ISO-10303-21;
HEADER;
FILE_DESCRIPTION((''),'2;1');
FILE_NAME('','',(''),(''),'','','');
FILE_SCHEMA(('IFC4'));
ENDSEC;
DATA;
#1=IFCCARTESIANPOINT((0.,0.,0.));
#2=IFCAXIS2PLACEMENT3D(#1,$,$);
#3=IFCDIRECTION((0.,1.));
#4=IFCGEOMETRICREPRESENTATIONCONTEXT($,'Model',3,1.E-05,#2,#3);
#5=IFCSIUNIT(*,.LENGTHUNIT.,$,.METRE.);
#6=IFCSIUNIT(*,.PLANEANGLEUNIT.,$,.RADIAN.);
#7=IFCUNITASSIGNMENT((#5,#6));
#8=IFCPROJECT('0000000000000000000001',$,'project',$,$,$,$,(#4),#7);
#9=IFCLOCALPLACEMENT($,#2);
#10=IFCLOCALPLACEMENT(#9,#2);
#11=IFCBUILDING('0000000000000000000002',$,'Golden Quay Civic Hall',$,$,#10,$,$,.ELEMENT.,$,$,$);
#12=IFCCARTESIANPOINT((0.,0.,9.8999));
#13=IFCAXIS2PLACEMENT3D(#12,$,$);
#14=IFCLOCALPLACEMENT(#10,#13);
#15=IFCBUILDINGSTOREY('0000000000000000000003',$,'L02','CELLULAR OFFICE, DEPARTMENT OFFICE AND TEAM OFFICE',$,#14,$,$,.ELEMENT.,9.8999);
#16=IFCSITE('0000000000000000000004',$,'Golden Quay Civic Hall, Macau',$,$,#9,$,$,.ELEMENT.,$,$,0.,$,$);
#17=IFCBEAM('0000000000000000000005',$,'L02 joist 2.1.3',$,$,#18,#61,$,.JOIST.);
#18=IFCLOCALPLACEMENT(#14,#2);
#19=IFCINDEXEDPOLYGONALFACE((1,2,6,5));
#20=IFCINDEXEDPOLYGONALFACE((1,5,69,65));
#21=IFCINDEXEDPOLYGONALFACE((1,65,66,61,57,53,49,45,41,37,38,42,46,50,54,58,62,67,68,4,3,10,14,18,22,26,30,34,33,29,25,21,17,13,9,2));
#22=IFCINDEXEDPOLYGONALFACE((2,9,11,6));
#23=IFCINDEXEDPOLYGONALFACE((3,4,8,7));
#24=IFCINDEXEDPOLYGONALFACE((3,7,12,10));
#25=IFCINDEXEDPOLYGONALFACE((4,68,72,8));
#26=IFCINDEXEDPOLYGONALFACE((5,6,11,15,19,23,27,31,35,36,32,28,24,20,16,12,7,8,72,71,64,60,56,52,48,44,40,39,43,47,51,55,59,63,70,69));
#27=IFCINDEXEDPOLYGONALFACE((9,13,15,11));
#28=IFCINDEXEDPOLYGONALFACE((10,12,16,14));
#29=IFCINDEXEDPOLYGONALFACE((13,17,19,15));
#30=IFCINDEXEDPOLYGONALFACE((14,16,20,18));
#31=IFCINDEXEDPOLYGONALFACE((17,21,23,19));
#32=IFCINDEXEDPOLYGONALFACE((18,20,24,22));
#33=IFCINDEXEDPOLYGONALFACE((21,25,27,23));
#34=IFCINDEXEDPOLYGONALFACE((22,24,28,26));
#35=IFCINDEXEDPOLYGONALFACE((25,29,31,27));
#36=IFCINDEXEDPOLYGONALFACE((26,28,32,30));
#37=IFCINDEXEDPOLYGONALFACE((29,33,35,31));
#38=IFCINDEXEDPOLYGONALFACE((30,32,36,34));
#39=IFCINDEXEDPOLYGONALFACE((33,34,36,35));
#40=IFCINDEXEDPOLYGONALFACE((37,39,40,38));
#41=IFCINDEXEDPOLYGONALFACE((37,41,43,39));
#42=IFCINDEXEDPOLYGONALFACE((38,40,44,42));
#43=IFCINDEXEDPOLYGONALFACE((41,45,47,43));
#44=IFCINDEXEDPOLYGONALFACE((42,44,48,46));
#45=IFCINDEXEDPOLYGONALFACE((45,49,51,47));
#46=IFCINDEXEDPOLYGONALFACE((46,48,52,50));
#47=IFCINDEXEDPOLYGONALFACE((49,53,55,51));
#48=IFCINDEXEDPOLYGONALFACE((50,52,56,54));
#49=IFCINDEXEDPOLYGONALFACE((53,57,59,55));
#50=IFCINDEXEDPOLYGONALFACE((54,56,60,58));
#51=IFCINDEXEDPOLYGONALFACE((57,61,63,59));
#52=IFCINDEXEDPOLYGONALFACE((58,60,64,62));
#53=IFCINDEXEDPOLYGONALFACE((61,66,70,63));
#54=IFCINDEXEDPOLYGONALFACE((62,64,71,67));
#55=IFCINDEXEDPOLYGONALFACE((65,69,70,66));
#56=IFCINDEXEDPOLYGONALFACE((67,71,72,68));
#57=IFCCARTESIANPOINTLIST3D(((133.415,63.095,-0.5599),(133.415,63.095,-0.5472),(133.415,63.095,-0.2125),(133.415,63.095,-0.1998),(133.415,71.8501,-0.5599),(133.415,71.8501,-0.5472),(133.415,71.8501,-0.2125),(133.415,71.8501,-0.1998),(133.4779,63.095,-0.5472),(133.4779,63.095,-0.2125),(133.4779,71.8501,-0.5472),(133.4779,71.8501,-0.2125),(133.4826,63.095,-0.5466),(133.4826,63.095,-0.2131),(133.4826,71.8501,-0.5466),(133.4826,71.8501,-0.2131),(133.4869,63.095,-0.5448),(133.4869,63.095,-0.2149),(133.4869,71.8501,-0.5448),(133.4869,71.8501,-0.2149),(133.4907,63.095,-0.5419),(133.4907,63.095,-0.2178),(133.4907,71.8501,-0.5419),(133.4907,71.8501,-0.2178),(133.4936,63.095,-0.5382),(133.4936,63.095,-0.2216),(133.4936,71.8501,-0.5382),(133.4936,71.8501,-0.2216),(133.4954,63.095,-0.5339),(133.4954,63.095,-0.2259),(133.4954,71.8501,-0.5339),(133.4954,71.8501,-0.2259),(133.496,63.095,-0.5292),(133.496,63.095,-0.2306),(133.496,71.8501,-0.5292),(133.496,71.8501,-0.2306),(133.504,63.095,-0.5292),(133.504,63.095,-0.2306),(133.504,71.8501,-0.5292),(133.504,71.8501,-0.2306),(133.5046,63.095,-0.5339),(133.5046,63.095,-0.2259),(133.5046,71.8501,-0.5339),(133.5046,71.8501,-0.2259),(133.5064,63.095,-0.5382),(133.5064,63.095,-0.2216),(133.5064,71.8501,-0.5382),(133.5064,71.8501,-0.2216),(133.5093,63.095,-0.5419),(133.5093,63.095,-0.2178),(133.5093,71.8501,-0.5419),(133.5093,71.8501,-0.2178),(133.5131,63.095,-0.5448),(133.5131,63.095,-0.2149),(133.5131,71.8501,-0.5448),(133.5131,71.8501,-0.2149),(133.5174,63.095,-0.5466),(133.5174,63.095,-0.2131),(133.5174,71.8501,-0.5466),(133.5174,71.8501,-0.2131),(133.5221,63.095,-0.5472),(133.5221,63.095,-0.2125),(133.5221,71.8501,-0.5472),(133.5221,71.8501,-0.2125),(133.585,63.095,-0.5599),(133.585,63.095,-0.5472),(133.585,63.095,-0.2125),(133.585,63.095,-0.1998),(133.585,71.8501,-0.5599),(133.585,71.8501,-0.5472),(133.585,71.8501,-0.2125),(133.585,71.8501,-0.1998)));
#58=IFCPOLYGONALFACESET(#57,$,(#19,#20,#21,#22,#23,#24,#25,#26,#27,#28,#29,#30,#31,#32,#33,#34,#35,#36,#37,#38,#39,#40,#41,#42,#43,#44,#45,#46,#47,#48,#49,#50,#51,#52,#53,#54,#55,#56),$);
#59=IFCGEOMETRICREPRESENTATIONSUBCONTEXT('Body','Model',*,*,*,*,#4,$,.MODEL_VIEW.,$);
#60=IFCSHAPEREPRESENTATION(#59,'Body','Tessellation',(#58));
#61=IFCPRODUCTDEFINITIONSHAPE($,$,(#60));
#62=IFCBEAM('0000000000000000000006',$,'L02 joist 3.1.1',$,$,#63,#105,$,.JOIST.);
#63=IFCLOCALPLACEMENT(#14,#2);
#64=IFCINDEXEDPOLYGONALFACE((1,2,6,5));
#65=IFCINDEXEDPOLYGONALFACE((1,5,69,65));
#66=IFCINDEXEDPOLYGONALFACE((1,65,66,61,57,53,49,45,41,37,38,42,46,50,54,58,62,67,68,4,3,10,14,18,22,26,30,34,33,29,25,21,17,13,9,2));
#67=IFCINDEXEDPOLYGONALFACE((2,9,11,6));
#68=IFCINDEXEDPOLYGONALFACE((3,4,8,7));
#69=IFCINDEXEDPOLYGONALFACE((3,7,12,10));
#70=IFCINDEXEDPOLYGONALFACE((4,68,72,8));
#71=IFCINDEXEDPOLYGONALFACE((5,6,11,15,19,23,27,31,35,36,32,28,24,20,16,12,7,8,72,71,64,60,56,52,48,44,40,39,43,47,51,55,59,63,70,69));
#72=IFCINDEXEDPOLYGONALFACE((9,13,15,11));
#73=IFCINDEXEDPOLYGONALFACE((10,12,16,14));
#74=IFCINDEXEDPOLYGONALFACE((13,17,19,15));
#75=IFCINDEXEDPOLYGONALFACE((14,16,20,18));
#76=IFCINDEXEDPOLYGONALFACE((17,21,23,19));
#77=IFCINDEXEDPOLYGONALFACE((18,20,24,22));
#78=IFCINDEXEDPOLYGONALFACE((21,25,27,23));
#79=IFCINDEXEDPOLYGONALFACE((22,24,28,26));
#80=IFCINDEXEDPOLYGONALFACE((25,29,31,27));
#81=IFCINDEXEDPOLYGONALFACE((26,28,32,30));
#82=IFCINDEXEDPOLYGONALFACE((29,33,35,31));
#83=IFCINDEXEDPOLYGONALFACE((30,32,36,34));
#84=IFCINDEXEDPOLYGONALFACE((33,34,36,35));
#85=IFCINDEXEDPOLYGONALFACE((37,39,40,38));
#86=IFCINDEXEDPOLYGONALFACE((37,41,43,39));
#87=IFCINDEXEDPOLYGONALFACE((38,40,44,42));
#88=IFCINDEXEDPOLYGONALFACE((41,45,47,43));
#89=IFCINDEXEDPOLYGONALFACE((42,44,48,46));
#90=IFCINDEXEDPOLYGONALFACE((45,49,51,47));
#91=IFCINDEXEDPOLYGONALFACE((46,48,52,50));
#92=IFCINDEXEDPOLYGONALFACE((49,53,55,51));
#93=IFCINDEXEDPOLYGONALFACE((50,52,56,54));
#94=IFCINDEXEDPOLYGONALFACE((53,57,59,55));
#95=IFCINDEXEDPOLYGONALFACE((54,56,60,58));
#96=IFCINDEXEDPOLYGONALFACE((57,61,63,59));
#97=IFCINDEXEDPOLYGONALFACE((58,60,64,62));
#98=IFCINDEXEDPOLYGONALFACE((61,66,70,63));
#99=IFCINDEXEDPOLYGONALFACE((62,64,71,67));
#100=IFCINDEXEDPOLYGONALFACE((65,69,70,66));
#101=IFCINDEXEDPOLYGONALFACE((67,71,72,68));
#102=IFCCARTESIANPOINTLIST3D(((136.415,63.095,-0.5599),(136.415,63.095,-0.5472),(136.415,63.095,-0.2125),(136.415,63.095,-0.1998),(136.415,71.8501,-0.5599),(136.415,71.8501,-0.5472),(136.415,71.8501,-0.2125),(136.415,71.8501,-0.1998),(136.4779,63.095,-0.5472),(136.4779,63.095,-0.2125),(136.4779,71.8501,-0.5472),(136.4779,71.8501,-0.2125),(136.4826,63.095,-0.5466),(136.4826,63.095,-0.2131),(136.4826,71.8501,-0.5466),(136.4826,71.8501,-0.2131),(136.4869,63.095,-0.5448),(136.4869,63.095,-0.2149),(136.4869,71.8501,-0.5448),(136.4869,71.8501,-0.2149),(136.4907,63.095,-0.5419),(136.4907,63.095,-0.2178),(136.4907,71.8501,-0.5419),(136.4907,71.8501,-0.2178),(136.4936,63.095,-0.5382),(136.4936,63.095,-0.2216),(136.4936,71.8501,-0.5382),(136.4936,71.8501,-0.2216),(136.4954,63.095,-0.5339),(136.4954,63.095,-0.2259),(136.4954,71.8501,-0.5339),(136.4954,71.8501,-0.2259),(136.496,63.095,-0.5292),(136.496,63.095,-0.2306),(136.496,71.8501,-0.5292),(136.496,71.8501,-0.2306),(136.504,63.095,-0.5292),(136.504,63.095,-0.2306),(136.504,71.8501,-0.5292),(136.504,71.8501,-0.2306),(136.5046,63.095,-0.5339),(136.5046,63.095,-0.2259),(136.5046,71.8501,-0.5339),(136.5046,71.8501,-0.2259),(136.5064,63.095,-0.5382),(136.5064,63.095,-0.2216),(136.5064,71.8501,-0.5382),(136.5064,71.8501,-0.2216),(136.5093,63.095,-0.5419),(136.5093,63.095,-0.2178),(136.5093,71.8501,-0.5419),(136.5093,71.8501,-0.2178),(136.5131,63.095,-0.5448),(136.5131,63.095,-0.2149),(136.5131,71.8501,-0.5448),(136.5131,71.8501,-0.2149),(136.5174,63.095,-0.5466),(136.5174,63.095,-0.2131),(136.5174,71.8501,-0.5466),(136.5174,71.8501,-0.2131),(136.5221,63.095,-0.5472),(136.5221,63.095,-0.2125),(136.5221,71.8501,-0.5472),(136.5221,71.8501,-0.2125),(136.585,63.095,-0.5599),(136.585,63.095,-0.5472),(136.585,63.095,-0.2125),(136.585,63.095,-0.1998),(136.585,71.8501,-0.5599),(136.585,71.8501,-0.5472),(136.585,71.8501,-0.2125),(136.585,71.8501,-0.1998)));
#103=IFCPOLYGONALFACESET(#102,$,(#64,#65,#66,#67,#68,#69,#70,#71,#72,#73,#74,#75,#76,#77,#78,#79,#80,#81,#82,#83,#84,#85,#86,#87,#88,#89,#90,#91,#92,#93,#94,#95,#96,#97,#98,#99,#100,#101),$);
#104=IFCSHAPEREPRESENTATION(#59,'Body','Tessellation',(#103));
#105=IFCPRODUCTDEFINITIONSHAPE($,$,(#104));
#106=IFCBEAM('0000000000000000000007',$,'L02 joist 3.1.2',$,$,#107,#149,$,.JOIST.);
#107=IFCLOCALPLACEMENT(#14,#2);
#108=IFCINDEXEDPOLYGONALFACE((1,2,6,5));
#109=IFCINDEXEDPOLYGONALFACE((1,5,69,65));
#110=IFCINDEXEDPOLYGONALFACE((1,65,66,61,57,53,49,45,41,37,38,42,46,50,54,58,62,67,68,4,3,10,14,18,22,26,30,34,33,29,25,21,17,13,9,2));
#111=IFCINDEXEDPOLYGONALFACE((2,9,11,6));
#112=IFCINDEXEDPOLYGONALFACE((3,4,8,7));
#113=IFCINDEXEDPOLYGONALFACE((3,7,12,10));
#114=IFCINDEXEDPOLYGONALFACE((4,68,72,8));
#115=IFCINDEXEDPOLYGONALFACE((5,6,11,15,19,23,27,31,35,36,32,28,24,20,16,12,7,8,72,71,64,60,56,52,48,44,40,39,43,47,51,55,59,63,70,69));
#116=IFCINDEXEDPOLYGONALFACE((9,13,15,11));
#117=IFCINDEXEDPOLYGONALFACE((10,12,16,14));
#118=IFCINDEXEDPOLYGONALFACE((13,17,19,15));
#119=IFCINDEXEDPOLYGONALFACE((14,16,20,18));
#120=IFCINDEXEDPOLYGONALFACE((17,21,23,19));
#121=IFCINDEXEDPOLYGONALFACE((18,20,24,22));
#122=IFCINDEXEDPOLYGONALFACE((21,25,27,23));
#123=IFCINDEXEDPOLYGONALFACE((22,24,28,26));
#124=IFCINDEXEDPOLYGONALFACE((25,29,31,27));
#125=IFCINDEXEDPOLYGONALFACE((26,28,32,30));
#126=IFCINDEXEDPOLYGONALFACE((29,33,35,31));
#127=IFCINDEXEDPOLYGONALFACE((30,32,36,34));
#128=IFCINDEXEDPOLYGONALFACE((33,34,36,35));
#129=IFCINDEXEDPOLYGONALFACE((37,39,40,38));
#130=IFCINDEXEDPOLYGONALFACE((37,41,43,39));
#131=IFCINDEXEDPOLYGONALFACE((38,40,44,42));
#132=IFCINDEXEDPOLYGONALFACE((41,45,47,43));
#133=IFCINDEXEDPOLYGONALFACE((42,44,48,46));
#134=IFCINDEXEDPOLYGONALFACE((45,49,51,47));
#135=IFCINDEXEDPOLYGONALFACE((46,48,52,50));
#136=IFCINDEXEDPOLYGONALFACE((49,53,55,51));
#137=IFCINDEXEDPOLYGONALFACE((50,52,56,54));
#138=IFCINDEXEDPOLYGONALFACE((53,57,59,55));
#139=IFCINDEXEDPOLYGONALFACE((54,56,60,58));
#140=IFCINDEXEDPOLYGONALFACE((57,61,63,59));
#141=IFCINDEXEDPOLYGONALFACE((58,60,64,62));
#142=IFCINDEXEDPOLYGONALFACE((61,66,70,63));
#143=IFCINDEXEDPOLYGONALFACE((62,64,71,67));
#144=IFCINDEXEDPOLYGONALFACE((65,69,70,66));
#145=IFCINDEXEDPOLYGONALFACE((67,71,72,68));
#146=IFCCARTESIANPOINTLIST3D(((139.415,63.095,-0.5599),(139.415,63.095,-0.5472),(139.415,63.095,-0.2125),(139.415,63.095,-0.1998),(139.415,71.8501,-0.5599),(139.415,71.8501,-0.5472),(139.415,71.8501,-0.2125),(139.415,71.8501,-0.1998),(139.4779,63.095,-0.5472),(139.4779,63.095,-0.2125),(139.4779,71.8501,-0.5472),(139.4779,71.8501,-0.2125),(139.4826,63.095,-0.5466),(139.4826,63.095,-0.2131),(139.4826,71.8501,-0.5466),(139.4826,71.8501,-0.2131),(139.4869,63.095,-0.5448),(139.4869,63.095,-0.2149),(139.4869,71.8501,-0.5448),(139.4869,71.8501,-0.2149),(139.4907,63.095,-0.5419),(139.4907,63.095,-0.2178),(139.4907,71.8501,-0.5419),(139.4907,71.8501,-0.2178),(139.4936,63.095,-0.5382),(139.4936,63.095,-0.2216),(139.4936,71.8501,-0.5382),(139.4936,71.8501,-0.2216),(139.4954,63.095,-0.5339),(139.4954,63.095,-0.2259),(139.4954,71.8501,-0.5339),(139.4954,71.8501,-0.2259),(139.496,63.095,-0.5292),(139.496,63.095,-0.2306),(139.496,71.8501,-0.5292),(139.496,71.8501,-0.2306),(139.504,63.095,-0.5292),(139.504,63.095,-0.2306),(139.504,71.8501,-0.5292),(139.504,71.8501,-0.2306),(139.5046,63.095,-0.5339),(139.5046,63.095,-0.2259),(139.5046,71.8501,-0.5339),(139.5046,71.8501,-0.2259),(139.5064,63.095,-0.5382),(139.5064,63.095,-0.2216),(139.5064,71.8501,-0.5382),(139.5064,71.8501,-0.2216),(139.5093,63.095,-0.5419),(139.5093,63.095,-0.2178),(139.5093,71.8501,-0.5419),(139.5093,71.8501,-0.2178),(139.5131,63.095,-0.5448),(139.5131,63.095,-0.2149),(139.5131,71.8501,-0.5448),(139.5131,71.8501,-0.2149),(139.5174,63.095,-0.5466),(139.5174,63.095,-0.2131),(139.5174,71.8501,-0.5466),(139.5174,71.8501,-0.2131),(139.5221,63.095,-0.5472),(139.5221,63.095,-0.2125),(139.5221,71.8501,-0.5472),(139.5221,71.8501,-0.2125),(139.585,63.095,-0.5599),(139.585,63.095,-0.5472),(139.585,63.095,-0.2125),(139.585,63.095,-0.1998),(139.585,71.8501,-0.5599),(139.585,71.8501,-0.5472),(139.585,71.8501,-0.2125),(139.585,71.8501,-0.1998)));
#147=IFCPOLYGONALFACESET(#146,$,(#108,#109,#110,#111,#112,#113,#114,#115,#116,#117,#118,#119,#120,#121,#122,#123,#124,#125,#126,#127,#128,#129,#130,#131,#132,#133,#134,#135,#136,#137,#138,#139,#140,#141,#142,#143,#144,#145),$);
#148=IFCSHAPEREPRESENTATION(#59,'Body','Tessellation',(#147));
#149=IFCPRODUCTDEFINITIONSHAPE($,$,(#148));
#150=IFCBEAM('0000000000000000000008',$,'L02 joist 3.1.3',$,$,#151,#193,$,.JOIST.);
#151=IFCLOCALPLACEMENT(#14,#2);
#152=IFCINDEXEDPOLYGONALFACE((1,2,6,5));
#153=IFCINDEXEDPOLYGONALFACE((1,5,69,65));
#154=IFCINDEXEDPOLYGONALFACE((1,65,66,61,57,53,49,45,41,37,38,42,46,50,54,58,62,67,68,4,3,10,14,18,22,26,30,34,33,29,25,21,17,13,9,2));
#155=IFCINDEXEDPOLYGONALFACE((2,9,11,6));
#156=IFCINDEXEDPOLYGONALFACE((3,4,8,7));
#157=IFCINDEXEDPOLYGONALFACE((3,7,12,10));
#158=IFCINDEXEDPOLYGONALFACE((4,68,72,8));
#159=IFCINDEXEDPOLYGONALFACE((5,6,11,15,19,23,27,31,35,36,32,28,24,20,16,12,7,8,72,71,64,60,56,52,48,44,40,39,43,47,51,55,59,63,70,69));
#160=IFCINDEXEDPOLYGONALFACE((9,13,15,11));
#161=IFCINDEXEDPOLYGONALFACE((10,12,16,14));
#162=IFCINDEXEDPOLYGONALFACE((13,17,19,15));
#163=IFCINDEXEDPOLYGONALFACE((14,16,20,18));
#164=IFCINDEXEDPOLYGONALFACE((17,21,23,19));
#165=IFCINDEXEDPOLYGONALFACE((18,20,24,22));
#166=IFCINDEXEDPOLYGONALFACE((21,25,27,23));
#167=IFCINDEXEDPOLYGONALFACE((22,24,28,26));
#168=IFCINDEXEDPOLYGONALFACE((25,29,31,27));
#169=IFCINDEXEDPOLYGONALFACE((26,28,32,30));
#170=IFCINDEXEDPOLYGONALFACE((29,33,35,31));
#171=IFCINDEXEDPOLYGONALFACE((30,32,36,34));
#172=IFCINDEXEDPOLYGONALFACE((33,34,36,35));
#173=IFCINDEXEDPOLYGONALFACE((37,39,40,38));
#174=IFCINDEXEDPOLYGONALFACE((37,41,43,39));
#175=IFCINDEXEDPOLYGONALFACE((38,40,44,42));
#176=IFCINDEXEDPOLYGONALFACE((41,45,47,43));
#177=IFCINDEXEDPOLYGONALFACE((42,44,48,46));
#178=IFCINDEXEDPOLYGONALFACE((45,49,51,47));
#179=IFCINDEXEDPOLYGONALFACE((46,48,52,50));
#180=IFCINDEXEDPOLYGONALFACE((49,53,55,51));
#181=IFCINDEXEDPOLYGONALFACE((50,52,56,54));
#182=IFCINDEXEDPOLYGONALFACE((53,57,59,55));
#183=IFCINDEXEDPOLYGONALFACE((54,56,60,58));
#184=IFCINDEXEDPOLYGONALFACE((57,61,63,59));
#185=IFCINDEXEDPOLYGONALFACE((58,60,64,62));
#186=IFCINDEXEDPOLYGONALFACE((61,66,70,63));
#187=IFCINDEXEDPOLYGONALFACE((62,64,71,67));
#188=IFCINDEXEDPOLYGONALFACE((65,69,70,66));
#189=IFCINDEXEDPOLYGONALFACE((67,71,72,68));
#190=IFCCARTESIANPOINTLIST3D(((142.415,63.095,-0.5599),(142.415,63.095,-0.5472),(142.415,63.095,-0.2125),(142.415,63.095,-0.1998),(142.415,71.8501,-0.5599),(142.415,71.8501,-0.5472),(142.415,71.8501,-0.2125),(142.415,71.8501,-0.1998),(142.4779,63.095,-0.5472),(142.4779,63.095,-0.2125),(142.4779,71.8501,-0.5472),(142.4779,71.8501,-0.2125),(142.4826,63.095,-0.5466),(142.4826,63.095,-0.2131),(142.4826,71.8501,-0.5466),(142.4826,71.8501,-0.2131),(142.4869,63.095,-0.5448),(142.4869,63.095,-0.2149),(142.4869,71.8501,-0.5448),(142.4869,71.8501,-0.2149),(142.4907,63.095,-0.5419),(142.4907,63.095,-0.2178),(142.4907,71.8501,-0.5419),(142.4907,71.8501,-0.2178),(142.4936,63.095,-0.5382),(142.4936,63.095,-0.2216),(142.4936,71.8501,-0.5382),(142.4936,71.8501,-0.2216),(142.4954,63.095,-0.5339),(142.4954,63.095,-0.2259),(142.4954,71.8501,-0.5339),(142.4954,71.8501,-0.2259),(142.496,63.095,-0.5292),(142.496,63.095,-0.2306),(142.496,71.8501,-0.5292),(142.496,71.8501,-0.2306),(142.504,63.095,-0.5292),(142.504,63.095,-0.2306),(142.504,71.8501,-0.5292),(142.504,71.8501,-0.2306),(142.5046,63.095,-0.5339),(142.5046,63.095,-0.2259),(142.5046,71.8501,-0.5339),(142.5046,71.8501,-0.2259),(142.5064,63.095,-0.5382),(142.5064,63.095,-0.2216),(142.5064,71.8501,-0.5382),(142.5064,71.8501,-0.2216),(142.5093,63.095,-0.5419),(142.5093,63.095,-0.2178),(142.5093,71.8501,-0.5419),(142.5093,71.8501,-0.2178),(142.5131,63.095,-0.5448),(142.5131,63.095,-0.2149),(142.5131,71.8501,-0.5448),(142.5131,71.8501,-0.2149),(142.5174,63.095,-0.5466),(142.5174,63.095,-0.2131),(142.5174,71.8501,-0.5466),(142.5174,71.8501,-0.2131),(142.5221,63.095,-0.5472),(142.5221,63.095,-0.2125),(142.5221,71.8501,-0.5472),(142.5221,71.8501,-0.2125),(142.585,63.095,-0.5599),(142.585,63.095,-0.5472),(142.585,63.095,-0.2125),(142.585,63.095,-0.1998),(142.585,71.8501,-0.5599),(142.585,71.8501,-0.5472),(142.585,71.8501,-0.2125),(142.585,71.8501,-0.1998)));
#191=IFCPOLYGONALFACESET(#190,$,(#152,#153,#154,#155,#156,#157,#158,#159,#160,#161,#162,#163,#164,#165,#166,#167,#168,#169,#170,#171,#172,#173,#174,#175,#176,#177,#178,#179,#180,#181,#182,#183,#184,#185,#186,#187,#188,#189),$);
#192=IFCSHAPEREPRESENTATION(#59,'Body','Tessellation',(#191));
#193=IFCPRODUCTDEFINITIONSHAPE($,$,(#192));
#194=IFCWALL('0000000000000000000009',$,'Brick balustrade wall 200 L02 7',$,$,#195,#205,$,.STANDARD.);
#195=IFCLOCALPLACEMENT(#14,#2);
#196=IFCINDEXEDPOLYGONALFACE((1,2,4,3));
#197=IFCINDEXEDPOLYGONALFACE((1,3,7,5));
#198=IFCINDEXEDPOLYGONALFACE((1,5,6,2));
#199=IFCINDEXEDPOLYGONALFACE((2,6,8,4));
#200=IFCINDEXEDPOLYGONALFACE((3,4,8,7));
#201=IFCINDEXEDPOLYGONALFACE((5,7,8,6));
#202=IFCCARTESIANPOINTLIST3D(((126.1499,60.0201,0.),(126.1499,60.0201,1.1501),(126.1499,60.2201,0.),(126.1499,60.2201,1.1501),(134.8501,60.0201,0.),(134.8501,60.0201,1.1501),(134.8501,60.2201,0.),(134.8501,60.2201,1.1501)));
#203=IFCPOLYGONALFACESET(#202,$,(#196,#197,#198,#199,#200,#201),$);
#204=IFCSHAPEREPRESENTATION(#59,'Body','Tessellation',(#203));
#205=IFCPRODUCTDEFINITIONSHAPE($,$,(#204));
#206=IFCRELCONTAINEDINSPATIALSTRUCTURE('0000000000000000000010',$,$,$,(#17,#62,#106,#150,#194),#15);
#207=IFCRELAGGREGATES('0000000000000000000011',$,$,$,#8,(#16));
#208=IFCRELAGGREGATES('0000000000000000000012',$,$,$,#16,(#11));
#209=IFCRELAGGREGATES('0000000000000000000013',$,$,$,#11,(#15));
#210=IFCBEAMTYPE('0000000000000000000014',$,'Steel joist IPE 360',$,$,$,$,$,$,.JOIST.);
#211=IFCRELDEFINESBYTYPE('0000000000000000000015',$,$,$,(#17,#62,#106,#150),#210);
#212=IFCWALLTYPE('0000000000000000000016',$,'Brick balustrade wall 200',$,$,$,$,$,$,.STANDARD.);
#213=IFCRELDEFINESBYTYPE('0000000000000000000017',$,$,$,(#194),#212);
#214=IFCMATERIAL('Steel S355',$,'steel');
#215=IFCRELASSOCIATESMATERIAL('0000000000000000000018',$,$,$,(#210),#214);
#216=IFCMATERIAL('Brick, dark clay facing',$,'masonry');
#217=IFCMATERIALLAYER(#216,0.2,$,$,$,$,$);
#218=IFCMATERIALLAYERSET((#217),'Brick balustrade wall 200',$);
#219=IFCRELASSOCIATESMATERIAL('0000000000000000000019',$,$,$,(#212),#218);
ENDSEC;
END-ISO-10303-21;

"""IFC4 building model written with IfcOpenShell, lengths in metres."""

from ifc_helpers import new_model, si_unit, direction, frame, frame_2d, origin, origin_2d, place, context, subcontext, project, spatial, rectangle, i_section, extrude, material, layer, layer_set, material_profile, profile_set, type_object, element, save


model = new_model("IFC4")

# Units and contexts
model_context = context("Model", 3, precision=1e-05, world=origin(), true_north=direction((0.0, 1.0)))
body_context = subcontext(model_context, "Body", "Model", "MODEL_VIEW")
ifc_project = project(units=[si_unit("LENGTHUNIT", "METRE"), si_unit("PLANEANGLEUNIT", "RADIAN")], contexts=[model_context])

# Site, building, storey
site_placement = place(None, origin())
site = spatial("IfcSite", under=ifc_project, at=site_placement, Name="Golden Quay Civic Hall, Macau", CompositionType="ELEMENT", RefElevation=0.0)
building_placement = place(site_placement, origin())
building = spatial("IfcBuilding", under=site, at=building_placement, Name="Golden Quay Civic Hall", CompositionType="ELEMENT")
storey_placement = place(building_placement, frame((0.0, 0.0, 9.8999)))
storey = spatial("IfcBuildingStorey", under=building, at=storey_placement, Name="L02", Description="CELLULAR OFFICE, DEPARTMENT OFFICE AND TEAM OFFICE", CompositionType="ELEMENT", Elevation=9.8999)

# Beams
ifc_material_1 = material(Name="Steel S355", Category="steel")
ifc_material_profile_1 = material_profile(ifc_material_1, i_section(OverallWidth=0.1699, OverallDepth=0.3601, WebThickness=0.0081, FlangeThickness=0.0127, FilletRadius=0.0181, at=origin_2d()), Name="IPE 360")
ifc_profile_set_1 = profile_set([ifc_material_profile_1], Name="Steel S355")
beam_type_1 = type_object("IfcBeamType", Name="Steel joist IPE 360", PredefinedType="JOIST", material=ifc_profile_set_1)
for number, where, z_axis, x_axis, name in (
    (1, (133.5, 63.095, -0.3799), (0.0, 1.0, 0.0), (-1.0, 0.0, 0.0), "L02 joist 2.1.3"),
    (2, (136.5, 63.095, -0.3799), (0.0, 1.0, 0.0), (-1.0, 0.0, 0.0), "L02 joist 3.1.1"),
    (3, (139.5, 63.095, -0.3799), (0.0, 1.0, 0.0), (-1.0, 0.0, 0.0), "L02 joist 3.1.2"),
    (4, (142.5, 63.095, -0.3799), (0.0, 1.0, 0.0), (-1.0, 0.0, 0.0), "L02 joist 3.1.3"),
):
    element("IfcBeam", number, at=place(storey_placement, frame(where, z_axis=z_axis, x_axis=x_axis)), inside=storey, type_object=beam_type_1, Name=name, PredefinedType="JOIST", context=body_context, shape_type="SweptSolid", body=[
        extrude(i_section(OverallWidth=0.1699, OverallDepth=0.3601, WebThickness=0.0081, FlangeThickness=0.0127, FilletRadius=0.0181, at=origin_2d()), origin(), (0.0, 0.0, 1.0), 8.7551),
    ])

# Wall
ifc_material_2 = material(Name="Brick, dark clay facing", Category="masonry")
ifc_layer_1 = layer(ifc_material_2, 0.2)
ifc_layer_set_1 = layer_set([ifc_layer_1], Name="Brick balustrade wall 200")
wall_type_1 = type_object("IfcWallType", Name="Brick balustrade wall 200", PredefinedType="STANDARD", material=ifc_layer_set_1)
wall_1_placement = place(storey_placement, frame((126.1499, 60.1201, 0.0), z_axis=(0.0, 0.0, 1.0), x_axis=(1.0, 0.0, 0.0)))
element("IfcWall", 5, at=wall_1_placement, inside=storey, type_object=wall_type_1, Name="Brick balustrade wall 200 L02 7", PredefinedType="STANDARD", context=body_context, shape_type="SweptSolid", body=[
    extrude(rectangle(XDim=8.7002, YDim=0.2, at=frame_2d((4.3501, 0.0))), origin(), (0.0, 0.0, 1.0), 1.1501),
])

save(model, "model.ifc")
